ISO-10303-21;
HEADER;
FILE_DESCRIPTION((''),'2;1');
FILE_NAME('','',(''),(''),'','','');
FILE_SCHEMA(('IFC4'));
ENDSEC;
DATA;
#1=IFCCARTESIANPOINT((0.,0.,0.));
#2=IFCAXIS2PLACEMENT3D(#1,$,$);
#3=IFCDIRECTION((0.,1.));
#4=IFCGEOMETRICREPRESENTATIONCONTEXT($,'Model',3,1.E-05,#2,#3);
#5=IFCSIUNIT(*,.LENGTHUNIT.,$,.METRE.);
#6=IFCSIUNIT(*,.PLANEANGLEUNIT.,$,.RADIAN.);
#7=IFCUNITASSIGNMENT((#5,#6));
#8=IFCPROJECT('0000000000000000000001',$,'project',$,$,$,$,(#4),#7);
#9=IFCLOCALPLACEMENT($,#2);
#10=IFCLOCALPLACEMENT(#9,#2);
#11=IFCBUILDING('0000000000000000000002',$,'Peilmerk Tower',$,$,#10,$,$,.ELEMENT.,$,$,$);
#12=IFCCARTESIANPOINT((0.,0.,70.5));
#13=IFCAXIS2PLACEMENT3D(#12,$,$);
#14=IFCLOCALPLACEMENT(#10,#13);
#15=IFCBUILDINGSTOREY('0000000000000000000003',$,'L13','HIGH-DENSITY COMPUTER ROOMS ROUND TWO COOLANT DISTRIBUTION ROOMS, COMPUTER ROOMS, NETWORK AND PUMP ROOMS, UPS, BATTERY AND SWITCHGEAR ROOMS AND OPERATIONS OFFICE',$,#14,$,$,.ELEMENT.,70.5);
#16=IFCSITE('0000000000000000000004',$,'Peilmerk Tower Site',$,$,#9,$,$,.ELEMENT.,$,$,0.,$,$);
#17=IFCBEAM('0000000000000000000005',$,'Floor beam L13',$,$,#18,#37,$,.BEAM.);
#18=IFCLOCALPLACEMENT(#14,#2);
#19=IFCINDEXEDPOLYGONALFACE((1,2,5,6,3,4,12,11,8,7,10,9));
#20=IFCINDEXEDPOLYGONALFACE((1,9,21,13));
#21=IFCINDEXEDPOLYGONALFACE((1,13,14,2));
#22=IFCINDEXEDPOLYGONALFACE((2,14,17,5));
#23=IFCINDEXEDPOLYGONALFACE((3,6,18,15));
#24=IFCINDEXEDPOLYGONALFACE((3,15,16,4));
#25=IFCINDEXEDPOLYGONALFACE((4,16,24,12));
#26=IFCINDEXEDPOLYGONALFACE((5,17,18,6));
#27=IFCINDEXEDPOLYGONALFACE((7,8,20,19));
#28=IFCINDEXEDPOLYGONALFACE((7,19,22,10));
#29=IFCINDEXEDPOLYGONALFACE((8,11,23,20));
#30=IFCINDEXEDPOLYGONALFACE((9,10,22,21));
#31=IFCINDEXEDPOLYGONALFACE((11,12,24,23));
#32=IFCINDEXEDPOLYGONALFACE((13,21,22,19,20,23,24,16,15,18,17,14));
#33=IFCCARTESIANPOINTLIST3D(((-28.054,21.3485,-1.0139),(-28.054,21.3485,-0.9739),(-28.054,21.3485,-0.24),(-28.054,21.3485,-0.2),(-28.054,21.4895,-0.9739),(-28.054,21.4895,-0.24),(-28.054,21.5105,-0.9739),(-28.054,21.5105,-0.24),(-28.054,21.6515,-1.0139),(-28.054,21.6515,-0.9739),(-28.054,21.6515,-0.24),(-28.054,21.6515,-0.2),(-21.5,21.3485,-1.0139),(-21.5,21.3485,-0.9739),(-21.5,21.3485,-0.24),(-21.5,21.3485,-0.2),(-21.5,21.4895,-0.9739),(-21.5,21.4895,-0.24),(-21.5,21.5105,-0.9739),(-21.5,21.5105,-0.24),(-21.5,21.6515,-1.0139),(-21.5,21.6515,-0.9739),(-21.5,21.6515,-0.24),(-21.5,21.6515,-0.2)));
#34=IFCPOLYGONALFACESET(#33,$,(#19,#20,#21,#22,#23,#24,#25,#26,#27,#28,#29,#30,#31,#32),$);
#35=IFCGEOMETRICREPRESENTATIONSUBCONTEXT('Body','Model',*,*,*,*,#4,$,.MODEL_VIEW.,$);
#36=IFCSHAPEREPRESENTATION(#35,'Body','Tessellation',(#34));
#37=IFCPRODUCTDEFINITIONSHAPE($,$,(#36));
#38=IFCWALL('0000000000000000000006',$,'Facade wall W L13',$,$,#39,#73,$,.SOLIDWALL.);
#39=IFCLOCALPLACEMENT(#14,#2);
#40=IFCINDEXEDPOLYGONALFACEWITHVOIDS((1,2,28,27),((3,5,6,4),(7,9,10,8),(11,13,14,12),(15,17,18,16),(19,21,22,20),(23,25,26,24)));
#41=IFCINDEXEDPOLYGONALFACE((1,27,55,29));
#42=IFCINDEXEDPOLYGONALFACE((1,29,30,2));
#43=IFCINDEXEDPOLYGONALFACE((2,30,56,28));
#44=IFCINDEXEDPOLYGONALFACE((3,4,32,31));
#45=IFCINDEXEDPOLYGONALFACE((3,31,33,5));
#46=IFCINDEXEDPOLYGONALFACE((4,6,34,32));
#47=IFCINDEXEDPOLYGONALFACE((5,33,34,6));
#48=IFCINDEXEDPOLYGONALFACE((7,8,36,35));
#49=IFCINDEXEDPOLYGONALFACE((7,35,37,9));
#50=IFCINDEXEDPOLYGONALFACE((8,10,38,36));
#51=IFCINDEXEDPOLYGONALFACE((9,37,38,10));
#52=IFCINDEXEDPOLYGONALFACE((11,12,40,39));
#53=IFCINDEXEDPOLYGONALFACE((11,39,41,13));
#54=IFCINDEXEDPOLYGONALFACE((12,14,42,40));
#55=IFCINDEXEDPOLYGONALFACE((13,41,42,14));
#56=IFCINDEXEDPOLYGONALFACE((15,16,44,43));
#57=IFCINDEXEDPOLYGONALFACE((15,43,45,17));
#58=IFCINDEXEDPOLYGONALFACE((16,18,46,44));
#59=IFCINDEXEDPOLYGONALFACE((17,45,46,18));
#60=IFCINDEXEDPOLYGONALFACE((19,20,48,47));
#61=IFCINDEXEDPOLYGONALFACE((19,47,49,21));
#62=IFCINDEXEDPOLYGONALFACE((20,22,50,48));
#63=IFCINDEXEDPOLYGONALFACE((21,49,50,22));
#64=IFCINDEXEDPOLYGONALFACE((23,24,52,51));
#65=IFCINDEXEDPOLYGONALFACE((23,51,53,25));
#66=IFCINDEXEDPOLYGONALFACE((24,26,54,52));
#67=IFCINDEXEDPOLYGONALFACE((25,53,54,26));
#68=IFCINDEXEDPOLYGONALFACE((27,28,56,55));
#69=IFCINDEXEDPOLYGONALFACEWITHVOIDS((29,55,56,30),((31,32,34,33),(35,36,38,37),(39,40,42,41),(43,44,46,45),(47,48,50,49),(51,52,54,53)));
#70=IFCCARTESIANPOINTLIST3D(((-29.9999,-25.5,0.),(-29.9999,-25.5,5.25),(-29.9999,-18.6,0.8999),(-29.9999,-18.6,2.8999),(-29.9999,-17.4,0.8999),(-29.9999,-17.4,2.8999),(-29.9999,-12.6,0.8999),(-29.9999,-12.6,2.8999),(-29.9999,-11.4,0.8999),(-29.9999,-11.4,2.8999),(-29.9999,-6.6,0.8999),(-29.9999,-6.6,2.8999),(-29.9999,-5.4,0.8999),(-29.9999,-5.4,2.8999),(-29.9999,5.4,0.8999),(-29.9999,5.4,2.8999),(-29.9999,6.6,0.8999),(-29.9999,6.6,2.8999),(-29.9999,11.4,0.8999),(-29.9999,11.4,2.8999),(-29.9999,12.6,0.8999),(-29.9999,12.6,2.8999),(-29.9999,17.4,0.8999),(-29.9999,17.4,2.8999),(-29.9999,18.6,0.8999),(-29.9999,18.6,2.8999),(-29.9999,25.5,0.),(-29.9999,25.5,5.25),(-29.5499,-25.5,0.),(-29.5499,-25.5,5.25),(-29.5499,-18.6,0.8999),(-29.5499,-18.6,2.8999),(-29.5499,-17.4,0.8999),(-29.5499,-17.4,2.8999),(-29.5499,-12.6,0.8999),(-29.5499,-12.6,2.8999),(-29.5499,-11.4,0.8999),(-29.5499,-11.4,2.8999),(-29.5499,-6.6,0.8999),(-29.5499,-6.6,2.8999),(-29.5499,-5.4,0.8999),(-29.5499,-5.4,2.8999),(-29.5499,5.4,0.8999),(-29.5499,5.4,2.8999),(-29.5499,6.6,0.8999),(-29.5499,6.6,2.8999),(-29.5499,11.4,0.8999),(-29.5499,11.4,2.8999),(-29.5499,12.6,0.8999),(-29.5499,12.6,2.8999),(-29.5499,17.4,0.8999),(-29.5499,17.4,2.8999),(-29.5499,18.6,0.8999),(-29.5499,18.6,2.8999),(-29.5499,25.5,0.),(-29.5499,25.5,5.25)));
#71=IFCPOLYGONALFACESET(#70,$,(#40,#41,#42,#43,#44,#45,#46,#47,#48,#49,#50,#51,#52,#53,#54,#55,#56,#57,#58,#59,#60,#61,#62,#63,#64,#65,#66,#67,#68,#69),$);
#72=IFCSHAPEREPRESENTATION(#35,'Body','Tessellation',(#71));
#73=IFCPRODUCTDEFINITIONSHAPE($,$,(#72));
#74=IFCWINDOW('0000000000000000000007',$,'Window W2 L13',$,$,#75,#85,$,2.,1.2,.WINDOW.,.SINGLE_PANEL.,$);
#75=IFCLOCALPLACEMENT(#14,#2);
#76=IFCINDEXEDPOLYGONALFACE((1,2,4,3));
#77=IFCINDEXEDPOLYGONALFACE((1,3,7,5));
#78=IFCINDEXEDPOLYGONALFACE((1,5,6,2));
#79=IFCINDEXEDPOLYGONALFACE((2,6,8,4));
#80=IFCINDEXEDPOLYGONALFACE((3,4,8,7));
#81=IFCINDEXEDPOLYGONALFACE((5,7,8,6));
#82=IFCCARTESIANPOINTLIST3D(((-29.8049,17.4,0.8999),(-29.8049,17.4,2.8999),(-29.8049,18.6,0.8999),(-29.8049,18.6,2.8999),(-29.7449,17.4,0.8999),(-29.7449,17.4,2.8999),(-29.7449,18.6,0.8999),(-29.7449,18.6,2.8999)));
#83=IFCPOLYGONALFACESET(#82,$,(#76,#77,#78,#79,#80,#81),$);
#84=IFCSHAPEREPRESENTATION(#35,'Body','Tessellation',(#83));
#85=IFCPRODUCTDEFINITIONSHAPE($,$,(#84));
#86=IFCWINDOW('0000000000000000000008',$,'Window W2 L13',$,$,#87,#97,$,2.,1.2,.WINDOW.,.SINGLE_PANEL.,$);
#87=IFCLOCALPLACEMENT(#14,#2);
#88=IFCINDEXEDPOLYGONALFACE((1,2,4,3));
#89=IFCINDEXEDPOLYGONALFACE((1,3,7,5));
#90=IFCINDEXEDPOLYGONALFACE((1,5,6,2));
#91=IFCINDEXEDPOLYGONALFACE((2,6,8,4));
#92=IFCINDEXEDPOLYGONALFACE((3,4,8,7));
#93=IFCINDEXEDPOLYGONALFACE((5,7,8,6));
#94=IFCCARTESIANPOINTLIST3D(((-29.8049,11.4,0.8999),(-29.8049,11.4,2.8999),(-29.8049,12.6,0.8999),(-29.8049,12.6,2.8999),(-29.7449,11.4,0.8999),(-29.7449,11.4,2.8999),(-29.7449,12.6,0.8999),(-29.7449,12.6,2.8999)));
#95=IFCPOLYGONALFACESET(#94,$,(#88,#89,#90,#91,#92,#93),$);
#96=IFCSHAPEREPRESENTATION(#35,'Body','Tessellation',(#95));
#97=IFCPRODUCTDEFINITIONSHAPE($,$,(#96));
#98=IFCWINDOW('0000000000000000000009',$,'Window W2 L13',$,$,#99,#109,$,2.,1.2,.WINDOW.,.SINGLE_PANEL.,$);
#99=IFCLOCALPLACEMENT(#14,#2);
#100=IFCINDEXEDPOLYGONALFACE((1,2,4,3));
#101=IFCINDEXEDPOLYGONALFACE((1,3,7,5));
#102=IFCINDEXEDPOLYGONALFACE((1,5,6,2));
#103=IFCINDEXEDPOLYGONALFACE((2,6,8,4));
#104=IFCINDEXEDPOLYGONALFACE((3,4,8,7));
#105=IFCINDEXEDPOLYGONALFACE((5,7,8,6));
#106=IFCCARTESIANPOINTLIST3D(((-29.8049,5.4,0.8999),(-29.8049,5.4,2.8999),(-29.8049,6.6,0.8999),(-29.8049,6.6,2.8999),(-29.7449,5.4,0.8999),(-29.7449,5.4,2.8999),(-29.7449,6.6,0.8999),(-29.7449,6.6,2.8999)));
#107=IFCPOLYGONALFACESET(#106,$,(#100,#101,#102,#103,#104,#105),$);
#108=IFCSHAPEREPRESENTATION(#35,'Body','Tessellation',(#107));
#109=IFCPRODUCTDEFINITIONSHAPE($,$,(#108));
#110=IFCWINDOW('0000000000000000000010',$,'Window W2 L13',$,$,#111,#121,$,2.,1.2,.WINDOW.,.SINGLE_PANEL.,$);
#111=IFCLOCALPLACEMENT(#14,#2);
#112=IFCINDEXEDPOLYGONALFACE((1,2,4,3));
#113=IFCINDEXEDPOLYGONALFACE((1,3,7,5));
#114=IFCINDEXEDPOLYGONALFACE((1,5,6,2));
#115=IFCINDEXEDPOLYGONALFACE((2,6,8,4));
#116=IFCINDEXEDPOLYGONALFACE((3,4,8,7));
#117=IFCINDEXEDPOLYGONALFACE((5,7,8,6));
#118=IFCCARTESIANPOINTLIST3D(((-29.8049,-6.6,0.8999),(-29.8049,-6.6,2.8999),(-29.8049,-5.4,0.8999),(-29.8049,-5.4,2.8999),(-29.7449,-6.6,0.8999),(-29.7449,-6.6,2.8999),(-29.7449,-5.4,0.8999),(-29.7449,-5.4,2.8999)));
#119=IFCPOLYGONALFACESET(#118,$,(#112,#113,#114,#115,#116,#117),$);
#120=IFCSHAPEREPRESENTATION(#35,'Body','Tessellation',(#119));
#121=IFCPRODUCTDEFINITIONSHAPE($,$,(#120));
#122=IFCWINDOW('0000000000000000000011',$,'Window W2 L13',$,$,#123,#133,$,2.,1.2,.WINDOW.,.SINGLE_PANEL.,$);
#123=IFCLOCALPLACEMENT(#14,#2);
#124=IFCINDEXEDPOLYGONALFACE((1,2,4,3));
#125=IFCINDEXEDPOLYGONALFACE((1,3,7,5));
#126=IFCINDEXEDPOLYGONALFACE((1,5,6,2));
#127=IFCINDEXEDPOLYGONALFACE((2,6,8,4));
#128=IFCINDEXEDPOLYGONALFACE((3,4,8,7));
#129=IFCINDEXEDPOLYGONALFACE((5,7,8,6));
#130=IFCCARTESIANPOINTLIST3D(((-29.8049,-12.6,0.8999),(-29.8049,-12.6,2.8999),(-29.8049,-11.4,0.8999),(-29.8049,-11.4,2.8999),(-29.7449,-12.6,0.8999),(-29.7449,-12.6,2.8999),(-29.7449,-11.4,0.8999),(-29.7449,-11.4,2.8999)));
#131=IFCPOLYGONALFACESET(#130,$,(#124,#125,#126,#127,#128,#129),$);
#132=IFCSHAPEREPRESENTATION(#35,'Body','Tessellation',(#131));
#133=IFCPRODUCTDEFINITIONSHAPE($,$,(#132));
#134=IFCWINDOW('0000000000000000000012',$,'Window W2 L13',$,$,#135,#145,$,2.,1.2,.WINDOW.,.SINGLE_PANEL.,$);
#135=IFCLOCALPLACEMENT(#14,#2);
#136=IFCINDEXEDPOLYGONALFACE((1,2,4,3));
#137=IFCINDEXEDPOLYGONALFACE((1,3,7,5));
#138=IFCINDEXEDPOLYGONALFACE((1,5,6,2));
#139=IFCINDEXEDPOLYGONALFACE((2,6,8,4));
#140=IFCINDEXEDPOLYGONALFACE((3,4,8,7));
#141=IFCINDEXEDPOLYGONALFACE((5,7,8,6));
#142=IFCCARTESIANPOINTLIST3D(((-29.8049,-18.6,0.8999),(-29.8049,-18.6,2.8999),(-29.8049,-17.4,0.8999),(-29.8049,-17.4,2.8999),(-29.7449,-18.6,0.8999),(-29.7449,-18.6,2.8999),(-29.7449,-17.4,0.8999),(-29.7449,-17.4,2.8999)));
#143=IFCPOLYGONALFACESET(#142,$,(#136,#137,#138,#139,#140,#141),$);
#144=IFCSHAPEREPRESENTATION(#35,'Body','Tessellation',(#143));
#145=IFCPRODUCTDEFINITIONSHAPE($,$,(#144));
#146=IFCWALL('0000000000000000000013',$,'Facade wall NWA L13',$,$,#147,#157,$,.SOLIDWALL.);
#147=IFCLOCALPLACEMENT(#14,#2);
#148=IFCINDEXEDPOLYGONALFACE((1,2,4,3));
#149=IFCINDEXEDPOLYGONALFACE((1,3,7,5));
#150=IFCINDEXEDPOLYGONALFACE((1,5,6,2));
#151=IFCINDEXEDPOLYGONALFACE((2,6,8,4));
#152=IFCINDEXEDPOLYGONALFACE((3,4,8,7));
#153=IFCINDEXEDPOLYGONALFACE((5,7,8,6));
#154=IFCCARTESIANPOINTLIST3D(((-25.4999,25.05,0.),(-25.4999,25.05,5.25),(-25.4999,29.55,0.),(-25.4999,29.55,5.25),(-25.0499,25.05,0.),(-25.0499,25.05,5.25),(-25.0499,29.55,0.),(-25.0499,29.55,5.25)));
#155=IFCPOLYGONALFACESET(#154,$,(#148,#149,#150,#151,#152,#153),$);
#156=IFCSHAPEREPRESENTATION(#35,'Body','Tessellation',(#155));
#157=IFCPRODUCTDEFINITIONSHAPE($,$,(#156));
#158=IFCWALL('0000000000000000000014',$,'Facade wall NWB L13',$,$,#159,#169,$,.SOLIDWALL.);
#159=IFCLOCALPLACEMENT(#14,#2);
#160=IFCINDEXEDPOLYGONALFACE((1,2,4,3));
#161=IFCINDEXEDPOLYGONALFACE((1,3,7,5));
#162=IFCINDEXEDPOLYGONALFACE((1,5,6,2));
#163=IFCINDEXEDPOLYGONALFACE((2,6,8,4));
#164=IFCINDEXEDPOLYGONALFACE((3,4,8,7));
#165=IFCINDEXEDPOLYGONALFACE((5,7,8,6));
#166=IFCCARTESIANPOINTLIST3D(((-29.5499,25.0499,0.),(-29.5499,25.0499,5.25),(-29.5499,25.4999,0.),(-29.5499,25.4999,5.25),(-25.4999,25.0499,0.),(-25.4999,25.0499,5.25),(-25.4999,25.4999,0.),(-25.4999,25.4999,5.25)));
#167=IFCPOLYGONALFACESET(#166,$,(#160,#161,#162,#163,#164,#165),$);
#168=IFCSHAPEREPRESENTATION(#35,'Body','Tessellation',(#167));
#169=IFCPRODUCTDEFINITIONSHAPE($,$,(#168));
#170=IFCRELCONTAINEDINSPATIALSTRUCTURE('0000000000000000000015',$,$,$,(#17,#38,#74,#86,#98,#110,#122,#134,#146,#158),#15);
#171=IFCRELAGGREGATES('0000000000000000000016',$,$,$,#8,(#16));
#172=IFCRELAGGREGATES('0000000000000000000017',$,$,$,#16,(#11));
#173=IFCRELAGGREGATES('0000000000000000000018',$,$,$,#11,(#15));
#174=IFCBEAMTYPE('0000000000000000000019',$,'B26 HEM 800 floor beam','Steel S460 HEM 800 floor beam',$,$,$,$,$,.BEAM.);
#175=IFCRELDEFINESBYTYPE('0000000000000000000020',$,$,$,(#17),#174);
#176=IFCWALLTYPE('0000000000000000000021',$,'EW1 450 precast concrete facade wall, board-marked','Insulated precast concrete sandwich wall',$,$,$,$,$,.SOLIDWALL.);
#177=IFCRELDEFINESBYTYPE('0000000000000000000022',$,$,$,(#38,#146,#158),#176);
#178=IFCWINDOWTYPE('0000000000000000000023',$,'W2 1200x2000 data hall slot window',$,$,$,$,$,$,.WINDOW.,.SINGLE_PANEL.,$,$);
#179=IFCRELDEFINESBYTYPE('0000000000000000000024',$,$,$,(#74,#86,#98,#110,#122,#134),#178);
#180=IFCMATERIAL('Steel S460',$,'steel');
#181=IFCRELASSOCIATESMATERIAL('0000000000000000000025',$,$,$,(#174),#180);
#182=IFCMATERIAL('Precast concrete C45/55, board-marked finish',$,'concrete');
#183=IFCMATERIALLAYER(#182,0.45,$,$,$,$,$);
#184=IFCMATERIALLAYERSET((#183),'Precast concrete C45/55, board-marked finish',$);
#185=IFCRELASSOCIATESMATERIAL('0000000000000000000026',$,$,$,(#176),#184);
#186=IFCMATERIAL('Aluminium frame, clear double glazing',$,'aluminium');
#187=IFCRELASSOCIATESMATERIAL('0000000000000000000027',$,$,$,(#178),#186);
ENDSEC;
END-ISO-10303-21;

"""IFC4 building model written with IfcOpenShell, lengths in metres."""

from ifc_helpers import new_model, si_unit, direction, frame, frame_2d, origin, origin_2d, place, context, subcontext, project, spatial, rectangle, i_section, extrude, material, layer, layer_set, material_profile, profile_set, type_object, element, fill, save


model = new_model("IFC4")

# Units and contexts
model_context = context("Model", 3, precision=1e-05, world=origin(), true_north=direction((0.0, 1.0)))
body_context = subcontext(model_context, "Body", "Model", "MODEL_VIEW")
ifc_project = project(units=[si_unit("LENGTHUNIT", "METRE"), si_unit("PLANEANGLEUNIT", "RADIAN")], contexts=[model_context])

# Site, building, storey
site_placement = place(None, origin())
site = spatial("IfcSite", under=ifc_project, at=site_placement, Name="Peilmerk Tower Site", CompositionType="ELEMENT", RefElevation=0.0)
building_placement = place(site_placement, origin())
building = spatial("IfcBuilding", under=site, at=building_placement, Name="Peilmerk Tower", CompositionType="ELEMENT")
storey_placement = place(building_placement, frame((0.0, 0.0, 70.5)))
storey = spatial("IfcBuildingStorey", under=building, at=storey_placement, Name="L13", Description="HIGH-DENSITY COMPUTER ROOMS ROUND TWO COOLANT DISTRIBUTION ROOMS, COMPUTER ROOMS, NETWORK AND PUMP ROOMS, UPS, BATTERY AND SWITCHGEAR ROOMS AND OPERATIONS OFFICE", CompositionType="ELEMENT", Elevation=70.5)

# Beam
ifc_material_1 = material(Name="Steel S460", Category="steel")
ifc_material_profile_1 = material_profile(ifc_material_1, i_section(OverallWidth=0.303, OverallDepth=0.814, WebThickness=0.021, FlangeThickness=0.04, at=origin_2d()), Name="HEM 800")
ifc_profile_set_1 = profile_set([ifc_material_profile_1], Name="Steel S460")
beam_type_1 = type_object("IfcBeamType", Name="B26 HEM 800 floor beam", Description="Steel S460 HEM 800 floor beam", PredefinedType="BEAM", material=ifc_profile_set_1)
for number, where, z_axis, x_axis, name in (
    (1, (-21.5, 21.5, -0.6069), (-1.0, 0.0, 0.0), (0.0, -1.0, 0.0), "Floor beam L13"),
):
    element("IfcBeam", number, at=place(storey_placement, frame(where, z_axis=z_axis, x_axis=x_axis)), inside=storey, type_object=beam_type_1, Name=name, PredefinedType="BEAM", context=body_context, shape_type="SweptSolid", body=[
        extrude(i_section(OverallWidth=0.303, OverallDepth=0.814, WebThickness=0.021, FlangeThickness=0.04, at=origin_2d()), origin(), (0.0, 0.0, 1.0), 6.554),
    ])

# Wall, openings, windows
ifc_material_2 = material(Name="Precast concrete C45/55, board-marked finish", Category="concrete")
ifc_layer = layer(ifc_material_2, 0.45)
ifc_layer_set = layer_set([ifc_layer], Name="Precast concrete C45/55, board-marked finish")
wall_type = type_object("IfcWallType", Name="EW1 450 precast concrete facade wall, board-marked", Description="Insulated precast concrete sandwich wall", PredefinedType="SOLIDWALL", material=ifc_layer_set)
wall_1_placement = place(storey_placement, frame((-29.7749, 25.5, 0.0), z_axis=(0.0, 0.0, 1.0), x_axis=(0.0, -1.0, 0.0)))
wall_1 = element("IfcWall", 2, at=wall_1_placement, inside=storey, type_object=wall_type, Name="Facade wall W L13", PredefinedType="SOLIDWALL", context=body_context, shape_type="SweptSolid", body=[
    extrude(rectangle(XDim=51.0, YDim=0.45, at=frame_2d((25.5, 0.0))), origin(), (0.0, 0.0, 1.0), 5.25),
])
opening_1_placement = place(wall_1_placement, frame((6.8999, 0.0, 0.8999)))
opening_1 = element("IfcOpeningElement", 3, at=opening_1_placement, cuts=wall_1, PredefinedType="OPENING", context=body_context, shape_type="SweptSolid", body=[
    extrude(rectangle(XDim=1.2, YDim=2.0, at=frame_2d((0.6001, 1.0))), frame((0.0, 0.2349, 0.0), z_axis=(0.0, -1.0, 0.0), x_axis=(1.0, 0.0, 0.0)), (0.0, 0.0, 1.0), 0.47),
])
opening_2_placement = place(wall_1_placement, frame((12.8999, 0.0, 0.8999)))
opening_2 = element("IfcOpeningElement", 4, at=opening_2_placement, cuts=wall_1, PredefinedType="OPENING", context=body_context, shape_type="SweptSolid", body=[
    extrude(rectangle(XDim=1.2, YDim=2.0, at=frame_2d((0.6001, 1.0))), frame((0.0, 0.2349, 0.0), z_axis=(0.0, -1.0, 0.0), x_axis=(1.0, 0.0, 0.0)), (0.0, 0.0, 1.0), 0.47),
])
opening_3_placement = place(wall_1_placement, frame((18.8999, 0.0, 0.8999)))
opening_3 = element("IfcOpeningElement", 5, at=opening_3_placement, cuts=wall_1, PredefinedType="OPENING", context=body_context, shape_type="SweptSolid", body=[
    extrude(rectangle(XDim=1.2, YDim=2.0, at=frame_2d((0.6001, 1.0))), frame((0.0, 0.2349, 0.0), z_axis=(0.0, -1.0, 0.0), x_axis=(1.0, 0.0, 0.0)), (0.0, 0.0, 1.0), 0.47),
])
opening_4_placement = place(wall_1_placement, frame((30.8999, 0.0, 0.8999)))
opening_4 = element("IfcOpeningElement", 6, at=opening_4_placement, cuts=wall_1, PredefinedType="OPENING", context=body_context, shape_type="SweptSolid", body=[
    extrude(rectangle(XDim=1.2, YDim=2.0, at=frame_2d((0.6001, 1.0))), frame((0.0, 0.2349, 0.0), z_axis=(0.0, -1.0, 0.0), x_axis=(1.0, 0.0, 0.0)), (0.0, 0.0, 1.0), 0.47),
])
opening_5_placement = place(wall_1_placement, frame((36.8999, 0.0, 0.8999)))
opening_5 = element("IfcOpeningElement", 7, at=opening_5_placement, cuts=wall_1, PredefinedType="OPENING", context=body_context, shape_type="SweptSolid", body=[
    extrude(rectangle(XDim=1.2, YDim=2.0, at=frame_2d((0.6001, 1.0))), frame((0.0, 0.2349, 0.0), z_axis=(0.0, -1.0, 0.0), x_axis=(1.0, 0.0, 0.0)), (0.0, 0.0, 1.0), 0.47),
])
opening_6_placement = place(wall_1_placement, frame((42.8999, 0.0, 0.8999)))
opening_6 = element("IfcOpeningElement", 8, at=opening_6_placement, cuts=wall_1, PredefinedType="OPENING", context=body_context, shape_type="SweptSolid", body=[
    extrude(rectangle(XDim=1.2, YDim=2.0, at=frame_2d((0.6001, 1.0))), frame((0.0, 0.2349, 0.0), z_axis=(0.0, -1.0, 0.0), x_axis=(1.0, 0.0, 0.0)), (0.0, 0.0, 1.0), 0.47),
])
ifc_material_3 = material(Name="Aluminium frame, clear double glazing", Category="aluminium")
window_type = type_object("IfcWindowType", Name="W2 1200x2000 data hall slot window", PartitioningType="SINGLE_PANEL", PredefinedType="WINDOW", material=ifc_material_3)
window_1_placement = place(opening_1_placement, origin())
window_1 = element("IfcWindow", 9, at=window_1_placement, inside=storey, type_object=window_type, Name="Window W2 L13", OverallHeight=2.0, OverallWidth=1.2, PartitioningType="SINGLE_PANEL", PredefinedType="WINDOW", context=body_context, shape_type="SweptSolid", body=[
    extrude(rectangle(XDim=1.2, YDim=2.0, at=frame_2d((0.6001, 1.0))), frame((0.0, 0.03, 0.0), z_axis=(0.0, -1.0, 0.0), x_axis=(1.0, 0.0, 0.0)), (0.0, 0.0, 1.0), 0.0601),
])
fill(opening_1, window_1)
window_2_placement = place(opening_2_placement, origin())
window_2 = element("IfcWindow", 10, at=window_2_placement, inside=storey, type_object=window_type, Name="Window W2 L13", OverallHeight=2.0, OverallWidth=1.2, PartitioningType="SINGLE_PANEL", PredefinedType="WINDOW", context=body_context, shape_type="SweptSolid", body=[
    extrude(rectangle(XDim=1.2, YDim=2.0, at=frame_2d((0.6001, 1.0))), frame((0.0, 0.03, 0.0), z_axis=(0.0, -1.0, 0.0), x_axis=(1.0, 0.0, 0.0)), (0.0, 0.0, 1.0), 0.0601),
])
fill(opening_2, window_2)
window_3_placement = place(opening_3_placement, origin())
window_3 = element("IfcWindow", 11, at=window_3_placement, inside=storey, type_object=window_type, Name="Window W2 L13", OverallHeight=2.0, OverallWidth=1.2, PartitioningType="SINGLE_PANEL", PredefinedType="WINDOW", context=body_context, shape_type="SweptSolid", body=[
    extrude(rectangle(XDim=1.2, YDim=2.0, at=frame_2d((0.6001, 1.0))), frame((0.0, 0.03, 0.0), z_axis=(0.0, -1.0, 0.0), x_axis=(1.0, 0.0, 0.0)), (0.0, 0.0, 1.0), 0.0601),
])
fill(opening_3, window_3)
window_4_placement = place(opening_4_placement, origin())
window_4 = element("IfcWindow", 12, at=window_4_placement, inside=storey, type_object=window_type, Name="Window W2 L13", OverallHeight=2.0, OverallWidth=1.2, PartitioningType="SINGLE_PANEL", PredefinedType="WINDOW", context=body_context, shape_type="SweptSolid", body=[
    extrude(rectangle(XDim=1.2, YDim=2.0, at=frame_2d((0.6001, 1.0))), frame((0.0, 0.03, 0.0), z_axis=(0.0, -1.0, 0.0), x_axis=(1.0, 0.0, 0.0)), (0.0, 0.0, 1.0), 0.0601),
])
fill(opening_4, window_4)
window_5_placement = place(opening_5_placement, origin())
window_5 = element("IfcWindow", 13, at=window_5_placement, inside=storey, type_object=window_type, Name="Window W2 L13", OverallHeight=2.0, OverallWidth=1.2, PartitioningType="SINGLE_PANEL", PredefinedType="WINDOW", context=body_context, shape_type="SweptSolid", body=[
    extrude(rectangle(XDim=1.2, YDim=2.0, at=frame_2d((0.6001, 1.0))), frame((0.0, 0.03, 0.0), z_axis=(0.0, -1.0, 0.0), x_axis=(1.0, 0.0, 0.0)), (0.0, 0.0, 1.0), 0.0601),
])
fill(opening_5, window_5)
window_6_placement = place(opening_6_placement, origin())
window_6 = element("IfcWindow", 14, at=window_6_placement, inside=storey, type_object=window_type, Name="Window W2 L13", OverallHeight=2.0, OverallWidth=1.2, PartitioningType="SINGLE_PANEL", PredefinedType="WINDOW", context=body_context, shape_type="SweptSolid", body=[
    extrude(rectangle(XDim=1.2, YDim=2.0, at=frame_2d((0.6001, 1.0))), frame((0.0, 0.03, 0.0), z_axis=(0.0, -1.0, 0.0), x_axis=(1.0, 0.0, 0.0)), (0.0, 0.0, 1.0), 0.0601),
])
fill(opening_6, window_6)

# Walls
wall_2_placement = place(storey_placement, frame((-25.2749, 25.05, 0.0), z_axis=(0.0, 0.0, 1.0), x_axis=(0.0, 1.0, 0.0)))
element("IfcWall", 15, at=wall_2_placement, inside=storey, type_object=wall_type, Name="Facade wall NWA L13", PredefinedType="SOLIDWALL", context=body_context, shape_type="SweptSolid", body=[
    extrude(rectangle(XDim=4.5, YDim=0.45, at=frame_2d((2.25, 0.0))), origin(), (0.0, 0.0, 1.0), 5.25),
])
wall_3_placement = place(storey_placement, frame((-25.5, 25.2749, 0.0), z_axis=(0.0, 0.0, 1.0), x_axis=(-1.0, 0.0, 0.0)))
element("IfcWall", 16, at=wall_3_placement, inside=storey, type_object=wall_type, Name="Facade wall NWB L13", PredefinedType="SOLIDWALL", context=body_context, shape_type="SweptSolid", body=[
    extrude(rectangle(XDim=4.05, YDim=0.45, at=frame_2d((2.0249, 0.0))), origin(), (0.0, 0.0, 1.0), 5.25),
])

save(model, "model.ifc")
